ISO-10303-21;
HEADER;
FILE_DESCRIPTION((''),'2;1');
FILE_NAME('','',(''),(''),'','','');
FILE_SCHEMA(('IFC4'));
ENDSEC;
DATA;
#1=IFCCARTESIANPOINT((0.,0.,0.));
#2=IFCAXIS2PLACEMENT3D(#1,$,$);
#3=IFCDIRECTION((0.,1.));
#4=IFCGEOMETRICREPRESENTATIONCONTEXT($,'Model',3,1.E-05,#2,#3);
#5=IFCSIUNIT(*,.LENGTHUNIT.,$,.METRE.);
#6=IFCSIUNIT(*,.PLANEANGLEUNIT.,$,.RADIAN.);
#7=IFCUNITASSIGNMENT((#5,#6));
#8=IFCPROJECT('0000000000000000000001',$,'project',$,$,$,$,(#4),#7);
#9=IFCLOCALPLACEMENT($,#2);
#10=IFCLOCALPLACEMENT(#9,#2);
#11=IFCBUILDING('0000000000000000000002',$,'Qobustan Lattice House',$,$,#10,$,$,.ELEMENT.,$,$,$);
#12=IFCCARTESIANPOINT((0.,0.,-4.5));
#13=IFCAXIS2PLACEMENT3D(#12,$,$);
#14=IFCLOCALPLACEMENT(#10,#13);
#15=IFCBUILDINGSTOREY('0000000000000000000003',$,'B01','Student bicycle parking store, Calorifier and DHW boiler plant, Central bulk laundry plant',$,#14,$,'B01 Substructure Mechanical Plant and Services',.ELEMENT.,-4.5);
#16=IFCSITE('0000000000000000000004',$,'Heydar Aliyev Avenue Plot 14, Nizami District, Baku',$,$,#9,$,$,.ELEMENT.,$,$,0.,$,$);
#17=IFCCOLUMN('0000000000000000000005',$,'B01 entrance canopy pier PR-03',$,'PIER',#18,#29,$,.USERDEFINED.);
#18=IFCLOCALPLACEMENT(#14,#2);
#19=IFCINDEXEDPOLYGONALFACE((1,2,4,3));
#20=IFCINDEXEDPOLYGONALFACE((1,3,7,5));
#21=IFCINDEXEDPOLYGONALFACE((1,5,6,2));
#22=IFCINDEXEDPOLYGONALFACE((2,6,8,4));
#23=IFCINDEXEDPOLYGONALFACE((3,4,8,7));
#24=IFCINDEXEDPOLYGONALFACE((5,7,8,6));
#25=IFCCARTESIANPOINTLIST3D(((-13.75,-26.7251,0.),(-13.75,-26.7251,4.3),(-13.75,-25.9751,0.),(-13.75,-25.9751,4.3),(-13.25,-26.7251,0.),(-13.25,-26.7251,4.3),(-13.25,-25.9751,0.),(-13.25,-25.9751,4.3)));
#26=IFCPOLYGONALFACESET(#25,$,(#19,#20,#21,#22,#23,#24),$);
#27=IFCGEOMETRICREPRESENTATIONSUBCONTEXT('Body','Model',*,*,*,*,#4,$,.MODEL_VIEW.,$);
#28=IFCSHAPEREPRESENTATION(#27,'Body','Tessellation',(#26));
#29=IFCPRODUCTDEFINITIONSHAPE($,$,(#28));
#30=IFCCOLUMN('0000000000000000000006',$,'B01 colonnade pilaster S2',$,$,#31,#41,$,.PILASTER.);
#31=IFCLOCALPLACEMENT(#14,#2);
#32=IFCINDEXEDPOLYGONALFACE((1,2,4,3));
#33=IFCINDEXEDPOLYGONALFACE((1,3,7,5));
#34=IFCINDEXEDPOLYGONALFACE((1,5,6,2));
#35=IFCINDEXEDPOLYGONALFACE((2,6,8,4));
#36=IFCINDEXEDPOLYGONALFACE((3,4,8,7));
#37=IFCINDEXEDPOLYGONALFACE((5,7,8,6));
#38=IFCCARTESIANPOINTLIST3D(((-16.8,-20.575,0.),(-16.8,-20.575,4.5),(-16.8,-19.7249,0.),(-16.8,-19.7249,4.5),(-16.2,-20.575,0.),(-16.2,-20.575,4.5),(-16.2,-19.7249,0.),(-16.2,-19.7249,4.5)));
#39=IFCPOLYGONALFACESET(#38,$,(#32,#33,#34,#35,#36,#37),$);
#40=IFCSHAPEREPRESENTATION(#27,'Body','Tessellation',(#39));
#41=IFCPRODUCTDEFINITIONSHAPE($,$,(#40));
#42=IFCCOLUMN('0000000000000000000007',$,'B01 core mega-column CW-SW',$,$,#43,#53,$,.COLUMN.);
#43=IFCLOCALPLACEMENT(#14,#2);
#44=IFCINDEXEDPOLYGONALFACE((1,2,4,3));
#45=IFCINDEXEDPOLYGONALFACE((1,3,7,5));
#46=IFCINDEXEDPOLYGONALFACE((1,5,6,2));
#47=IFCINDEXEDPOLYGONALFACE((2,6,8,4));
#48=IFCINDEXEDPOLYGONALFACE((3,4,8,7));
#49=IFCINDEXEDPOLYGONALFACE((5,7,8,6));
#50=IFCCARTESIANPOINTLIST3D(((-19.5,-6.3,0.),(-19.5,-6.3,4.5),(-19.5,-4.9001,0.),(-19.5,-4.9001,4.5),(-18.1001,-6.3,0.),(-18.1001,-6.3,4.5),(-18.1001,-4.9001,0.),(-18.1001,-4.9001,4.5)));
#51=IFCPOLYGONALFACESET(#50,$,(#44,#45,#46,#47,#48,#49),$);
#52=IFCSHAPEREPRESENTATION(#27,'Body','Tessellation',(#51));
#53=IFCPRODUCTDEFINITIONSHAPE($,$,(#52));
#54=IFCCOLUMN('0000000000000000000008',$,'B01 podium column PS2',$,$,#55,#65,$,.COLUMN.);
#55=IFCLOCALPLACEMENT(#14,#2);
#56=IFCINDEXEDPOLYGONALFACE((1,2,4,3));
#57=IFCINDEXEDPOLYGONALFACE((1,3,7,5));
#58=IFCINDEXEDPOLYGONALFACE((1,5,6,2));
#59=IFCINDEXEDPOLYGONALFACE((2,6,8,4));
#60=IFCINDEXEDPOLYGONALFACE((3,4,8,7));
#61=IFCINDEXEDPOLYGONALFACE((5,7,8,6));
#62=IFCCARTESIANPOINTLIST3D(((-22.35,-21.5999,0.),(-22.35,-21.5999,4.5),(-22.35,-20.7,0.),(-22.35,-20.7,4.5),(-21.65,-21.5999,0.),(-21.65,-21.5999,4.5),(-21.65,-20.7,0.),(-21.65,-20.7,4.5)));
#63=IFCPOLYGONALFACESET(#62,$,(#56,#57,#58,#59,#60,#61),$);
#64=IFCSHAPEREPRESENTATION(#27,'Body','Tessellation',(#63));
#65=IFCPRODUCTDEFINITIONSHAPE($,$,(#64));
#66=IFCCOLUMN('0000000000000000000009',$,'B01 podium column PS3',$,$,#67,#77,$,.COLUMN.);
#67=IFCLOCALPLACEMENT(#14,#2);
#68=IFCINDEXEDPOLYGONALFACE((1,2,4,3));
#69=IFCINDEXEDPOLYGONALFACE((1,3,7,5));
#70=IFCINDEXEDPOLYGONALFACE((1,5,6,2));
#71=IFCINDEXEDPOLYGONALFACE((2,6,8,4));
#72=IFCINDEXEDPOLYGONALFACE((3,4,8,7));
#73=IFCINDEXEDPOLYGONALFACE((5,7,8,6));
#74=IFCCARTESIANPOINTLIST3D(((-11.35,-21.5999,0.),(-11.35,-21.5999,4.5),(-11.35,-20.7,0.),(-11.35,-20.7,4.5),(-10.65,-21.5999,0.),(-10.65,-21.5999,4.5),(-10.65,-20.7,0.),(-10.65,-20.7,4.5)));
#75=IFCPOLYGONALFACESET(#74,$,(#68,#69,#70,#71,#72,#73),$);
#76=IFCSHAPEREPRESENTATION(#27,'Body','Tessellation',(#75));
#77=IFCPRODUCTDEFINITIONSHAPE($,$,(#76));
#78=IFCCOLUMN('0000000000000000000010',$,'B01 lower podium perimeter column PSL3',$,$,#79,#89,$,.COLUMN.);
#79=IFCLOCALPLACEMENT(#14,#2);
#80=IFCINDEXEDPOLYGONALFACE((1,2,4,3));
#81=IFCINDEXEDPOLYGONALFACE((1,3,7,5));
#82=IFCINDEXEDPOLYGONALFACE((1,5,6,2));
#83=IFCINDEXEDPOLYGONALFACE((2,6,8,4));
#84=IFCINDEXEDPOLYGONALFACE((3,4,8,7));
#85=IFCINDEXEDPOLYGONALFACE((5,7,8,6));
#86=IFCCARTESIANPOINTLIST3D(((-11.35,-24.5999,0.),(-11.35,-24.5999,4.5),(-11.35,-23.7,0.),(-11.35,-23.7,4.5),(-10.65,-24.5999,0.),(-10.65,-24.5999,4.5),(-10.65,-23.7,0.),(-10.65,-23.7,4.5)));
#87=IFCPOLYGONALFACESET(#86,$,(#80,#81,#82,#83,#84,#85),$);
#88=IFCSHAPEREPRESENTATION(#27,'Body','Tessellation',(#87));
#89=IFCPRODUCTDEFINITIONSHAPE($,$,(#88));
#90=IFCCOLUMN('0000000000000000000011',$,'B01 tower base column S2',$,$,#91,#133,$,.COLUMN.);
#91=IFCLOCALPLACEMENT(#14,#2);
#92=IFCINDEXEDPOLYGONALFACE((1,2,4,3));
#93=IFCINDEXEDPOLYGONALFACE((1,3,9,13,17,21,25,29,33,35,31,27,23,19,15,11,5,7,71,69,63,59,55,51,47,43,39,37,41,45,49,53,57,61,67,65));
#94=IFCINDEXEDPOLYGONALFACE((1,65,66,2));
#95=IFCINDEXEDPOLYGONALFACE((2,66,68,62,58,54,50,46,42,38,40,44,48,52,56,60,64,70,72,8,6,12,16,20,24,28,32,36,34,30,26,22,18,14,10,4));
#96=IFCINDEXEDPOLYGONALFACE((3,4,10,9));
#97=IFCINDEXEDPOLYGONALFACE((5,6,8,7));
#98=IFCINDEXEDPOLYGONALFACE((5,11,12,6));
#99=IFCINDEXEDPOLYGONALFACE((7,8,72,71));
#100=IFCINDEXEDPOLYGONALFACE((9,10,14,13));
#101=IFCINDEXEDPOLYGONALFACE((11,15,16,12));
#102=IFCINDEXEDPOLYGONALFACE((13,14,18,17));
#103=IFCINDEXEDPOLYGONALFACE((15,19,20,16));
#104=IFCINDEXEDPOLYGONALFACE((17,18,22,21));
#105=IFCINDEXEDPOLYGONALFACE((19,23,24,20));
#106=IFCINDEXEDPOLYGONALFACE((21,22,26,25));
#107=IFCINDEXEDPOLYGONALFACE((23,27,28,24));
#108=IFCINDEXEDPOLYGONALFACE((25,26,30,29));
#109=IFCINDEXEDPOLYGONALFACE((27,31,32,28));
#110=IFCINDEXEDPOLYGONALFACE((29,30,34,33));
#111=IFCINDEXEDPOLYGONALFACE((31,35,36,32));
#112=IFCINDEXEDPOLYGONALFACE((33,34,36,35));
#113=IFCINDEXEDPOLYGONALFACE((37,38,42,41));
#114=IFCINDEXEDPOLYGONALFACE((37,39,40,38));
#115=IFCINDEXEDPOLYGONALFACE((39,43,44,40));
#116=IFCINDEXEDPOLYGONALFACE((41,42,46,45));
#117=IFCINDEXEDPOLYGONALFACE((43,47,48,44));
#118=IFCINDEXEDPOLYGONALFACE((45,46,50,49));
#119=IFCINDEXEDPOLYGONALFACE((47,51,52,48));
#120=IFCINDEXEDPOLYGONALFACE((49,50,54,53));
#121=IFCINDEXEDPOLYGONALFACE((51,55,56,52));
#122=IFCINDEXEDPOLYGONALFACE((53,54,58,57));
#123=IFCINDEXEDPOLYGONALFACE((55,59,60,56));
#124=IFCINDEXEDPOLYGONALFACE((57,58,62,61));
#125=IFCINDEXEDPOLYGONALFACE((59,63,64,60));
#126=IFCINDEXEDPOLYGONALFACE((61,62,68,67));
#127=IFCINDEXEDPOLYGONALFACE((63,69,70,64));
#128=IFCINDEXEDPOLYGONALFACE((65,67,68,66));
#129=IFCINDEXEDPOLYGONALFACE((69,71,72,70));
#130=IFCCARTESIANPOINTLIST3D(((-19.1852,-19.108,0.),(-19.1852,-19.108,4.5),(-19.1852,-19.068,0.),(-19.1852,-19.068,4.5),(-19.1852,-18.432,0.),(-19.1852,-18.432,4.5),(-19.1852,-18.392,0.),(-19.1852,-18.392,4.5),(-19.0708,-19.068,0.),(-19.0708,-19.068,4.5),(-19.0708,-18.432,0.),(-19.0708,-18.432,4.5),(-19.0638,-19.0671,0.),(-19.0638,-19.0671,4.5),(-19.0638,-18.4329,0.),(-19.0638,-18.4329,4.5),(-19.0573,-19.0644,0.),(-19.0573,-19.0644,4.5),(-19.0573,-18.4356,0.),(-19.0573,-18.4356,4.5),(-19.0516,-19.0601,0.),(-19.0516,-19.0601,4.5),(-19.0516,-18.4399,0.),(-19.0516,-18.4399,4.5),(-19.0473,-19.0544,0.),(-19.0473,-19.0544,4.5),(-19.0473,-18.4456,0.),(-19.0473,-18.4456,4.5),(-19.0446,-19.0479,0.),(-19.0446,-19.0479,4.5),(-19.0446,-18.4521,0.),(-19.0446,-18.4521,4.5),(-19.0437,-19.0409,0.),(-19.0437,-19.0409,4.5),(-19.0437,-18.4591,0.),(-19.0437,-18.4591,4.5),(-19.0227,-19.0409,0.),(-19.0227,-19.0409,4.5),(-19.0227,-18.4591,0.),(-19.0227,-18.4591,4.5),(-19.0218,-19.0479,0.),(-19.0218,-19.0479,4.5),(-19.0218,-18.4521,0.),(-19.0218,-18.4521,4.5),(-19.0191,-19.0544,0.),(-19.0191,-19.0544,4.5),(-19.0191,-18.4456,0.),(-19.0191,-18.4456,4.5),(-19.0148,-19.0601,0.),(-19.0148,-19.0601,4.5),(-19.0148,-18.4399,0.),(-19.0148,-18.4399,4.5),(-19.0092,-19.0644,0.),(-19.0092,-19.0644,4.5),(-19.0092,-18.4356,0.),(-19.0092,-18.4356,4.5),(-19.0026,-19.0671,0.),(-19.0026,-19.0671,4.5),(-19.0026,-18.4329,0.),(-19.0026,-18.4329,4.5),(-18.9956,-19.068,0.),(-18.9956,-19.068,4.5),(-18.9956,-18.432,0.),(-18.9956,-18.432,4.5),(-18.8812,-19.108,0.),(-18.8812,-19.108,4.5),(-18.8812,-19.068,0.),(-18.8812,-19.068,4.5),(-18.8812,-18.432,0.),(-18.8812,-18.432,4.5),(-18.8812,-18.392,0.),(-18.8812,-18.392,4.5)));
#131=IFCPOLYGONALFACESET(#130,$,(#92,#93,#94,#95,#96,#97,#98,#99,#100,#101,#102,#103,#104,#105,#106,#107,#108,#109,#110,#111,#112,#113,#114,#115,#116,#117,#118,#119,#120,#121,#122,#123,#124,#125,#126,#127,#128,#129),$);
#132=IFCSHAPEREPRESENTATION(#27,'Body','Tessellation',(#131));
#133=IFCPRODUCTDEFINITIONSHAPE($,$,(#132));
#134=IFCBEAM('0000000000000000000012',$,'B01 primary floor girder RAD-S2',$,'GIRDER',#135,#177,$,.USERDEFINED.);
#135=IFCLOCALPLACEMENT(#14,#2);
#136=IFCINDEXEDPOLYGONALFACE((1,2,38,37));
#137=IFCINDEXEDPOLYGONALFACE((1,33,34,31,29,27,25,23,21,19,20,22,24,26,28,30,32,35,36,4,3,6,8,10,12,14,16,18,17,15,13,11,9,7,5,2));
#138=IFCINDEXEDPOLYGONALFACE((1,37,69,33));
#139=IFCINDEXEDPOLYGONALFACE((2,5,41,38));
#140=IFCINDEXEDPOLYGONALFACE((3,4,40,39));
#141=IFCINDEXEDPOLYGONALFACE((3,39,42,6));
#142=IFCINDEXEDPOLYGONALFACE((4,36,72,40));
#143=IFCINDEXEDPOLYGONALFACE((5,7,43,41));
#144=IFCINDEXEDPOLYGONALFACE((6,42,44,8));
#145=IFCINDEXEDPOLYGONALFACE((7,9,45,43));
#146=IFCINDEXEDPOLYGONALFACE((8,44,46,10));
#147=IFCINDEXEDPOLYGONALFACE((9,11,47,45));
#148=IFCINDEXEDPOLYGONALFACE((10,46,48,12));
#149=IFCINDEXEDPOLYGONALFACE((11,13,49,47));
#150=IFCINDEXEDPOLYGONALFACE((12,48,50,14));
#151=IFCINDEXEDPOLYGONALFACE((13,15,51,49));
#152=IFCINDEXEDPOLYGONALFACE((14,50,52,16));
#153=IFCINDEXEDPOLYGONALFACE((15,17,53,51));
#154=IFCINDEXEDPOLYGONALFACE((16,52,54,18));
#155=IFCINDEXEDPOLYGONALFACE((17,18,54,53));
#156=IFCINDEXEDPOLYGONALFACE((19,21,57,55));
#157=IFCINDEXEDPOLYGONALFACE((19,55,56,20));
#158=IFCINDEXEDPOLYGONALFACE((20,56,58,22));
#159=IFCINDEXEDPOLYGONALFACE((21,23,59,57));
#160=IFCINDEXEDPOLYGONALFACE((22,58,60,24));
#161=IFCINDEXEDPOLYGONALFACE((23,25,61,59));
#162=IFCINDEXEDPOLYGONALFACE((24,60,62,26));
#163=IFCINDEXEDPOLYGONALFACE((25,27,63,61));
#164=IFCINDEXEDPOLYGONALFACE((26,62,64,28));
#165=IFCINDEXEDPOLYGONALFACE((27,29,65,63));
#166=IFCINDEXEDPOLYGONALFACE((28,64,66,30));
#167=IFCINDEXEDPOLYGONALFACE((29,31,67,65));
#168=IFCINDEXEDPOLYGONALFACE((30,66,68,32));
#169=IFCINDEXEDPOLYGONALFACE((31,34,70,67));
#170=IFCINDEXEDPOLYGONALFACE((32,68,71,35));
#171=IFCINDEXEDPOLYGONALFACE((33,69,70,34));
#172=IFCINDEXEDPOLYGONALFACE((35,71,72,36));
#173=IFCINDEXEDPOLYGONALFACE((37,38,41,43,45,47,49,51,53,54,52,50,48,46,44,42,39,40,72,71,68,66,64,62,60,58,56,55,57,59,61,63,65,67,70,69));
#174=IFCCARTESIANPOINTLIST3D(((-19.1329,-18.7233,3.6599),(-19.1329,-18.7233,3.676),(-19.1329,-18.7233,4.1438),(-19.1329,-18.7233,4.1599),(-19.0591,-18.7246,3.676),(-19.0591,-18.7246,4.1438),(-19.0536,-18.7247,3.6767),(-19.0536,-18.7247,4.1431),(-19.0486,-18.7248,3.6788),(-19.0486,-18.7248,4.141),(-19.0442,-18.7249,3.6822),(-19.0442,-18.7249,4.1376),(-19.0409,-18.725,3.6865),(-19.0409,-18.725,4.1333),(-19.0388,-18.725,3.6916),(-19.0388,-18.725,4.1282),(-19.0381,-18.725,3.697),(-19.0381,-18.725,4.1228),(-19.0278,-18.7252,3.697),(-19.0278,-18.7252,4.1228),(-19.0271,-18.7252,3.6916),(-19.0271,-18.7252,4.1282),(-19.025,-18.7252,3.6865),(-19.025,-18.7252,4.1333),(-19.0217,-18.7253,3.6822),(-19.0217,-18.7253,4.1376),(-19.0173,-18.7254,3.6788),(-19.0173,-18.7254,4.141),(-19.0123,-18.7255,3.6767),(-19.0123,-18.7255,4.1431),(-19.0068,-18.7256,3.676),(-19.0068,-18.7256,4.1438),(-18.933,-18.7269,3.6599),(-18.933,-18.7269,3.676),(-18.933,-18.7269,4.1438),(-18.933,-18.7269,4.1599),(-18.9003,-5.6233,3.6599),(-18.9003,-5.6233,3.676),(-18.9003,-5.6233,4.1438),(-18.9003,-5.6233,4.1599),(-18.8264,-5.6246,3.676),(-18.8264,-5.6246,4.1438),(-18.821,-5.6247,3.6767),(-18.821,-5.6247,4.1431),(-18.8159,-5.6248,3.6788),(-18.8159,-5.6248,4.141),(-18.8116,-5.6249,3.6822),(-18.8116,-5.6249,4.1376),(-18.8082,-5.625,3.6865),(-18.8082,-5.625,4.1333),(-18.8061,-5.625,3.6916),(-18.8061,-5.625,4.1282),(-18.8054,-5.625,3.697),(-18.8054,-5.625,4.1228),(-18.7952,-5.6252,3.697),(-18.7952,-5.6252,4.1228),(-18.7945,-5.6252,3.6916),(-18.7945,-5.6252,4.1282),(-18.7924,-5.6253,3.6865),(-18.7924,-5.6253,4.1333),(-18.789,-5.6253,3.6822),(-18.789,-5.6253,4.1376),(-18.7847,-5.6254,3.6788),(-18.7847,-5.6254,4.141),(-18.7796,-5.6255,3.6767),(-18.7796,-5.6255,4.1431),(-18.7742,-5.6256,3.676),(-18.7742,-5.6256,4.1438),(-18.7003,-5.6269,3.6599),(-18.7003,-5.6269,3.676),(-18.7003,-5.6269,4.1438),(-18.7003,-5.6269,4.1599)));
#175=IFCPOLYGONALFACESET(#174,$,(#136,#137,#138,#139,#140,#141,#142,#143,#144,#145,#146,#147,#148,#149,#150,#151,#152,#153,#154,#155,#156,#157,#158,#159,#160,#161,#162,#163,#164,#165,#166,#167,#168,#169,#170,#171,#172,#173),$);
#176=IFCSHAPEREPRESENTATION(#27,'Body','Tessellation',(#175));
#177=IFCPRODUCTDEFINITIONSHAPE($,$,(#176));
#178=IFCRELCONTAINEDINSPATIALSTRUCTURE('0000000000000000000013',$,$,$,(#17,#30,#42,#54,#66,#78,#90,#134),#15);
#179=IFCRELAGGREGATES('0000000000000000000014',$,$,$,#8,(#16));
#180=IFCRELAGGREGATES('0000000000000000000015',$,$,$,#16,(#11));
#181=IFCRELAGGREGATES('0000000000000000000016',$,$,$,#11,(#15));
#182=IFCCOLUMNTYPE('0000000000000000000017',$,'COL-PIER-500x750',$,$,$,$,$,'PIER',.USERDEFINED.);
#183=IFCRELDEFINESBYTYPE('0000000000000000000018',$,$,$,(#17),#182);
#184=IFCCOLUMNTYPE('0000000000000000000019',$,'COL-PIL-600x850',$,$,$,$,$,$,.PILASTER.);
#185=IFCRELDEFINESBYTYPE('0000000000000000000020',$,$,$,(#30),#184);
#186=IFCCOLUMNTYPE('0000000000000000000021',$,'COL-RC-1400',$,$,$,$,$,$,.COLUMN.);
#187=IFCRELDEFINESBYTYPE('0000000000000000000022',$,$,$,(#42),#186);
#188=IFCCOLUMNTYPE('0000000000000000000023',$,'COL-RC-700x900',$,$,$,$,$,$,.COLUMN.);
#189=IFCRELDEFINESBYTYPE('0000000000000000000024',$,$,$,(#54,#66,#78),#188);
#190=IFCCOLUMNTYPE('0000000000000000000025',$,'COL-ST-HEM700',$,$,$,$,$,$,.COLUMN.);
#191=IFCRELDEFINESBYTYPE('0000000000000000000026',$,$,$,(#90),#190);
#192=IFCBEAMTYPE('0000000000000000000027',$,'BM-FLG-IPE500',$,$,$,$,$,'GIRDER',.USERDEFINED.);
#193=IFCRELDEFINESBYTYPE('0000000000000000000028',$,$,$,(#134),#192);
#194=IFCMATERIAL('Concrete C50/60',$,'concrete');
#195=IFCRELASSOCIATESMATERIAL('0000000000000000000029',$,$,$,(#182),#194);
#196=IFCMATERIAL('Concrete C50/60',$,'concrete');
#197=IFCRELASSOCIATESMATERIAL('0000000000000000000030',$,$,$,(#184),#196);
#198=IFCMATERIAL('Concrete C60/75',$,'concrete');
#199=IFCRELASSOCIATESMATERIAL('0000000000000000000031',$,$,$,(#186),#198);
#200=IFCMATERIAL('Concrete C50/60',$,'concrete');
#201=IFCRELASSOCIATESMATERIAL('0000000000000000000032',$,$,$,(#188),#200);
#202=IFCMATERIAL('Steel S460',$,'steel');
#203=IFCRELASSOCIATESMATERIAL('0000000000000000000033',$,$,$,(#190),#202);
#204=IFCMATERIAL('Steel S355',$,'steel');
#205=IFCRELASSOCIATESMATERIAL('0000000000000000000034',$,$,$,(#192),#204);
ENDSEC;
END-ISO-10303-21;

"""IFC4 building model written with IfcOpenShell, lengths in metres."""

from ifc_helpers import new_model, si_unit, direction, frame, origin, origin_2d, place, context, subcontext, project, spatial, rectangle, i_section, extrude, material, material_profile, profile_set, type_object, element, save


model = new_model("IFC4")

# Units and contexts
model_context = context("Model", 3, precision=1e-05, world=origin(), true_north=direction((0.0, 1.0)))
body_context = subcontext(model_context, "Body", "Model", "MODEL_VIEW")
ifc_project = project(units=[si_unit("LENGTHUNIT", "METRE"), si_unit("PLANEANGLEUNIT", "RADIAN")], contexts=[model_context])

# Site, building, storey
site_placement = place(None, origin())
site = spatial("IfcSite", under=ifc_project, at=site_placement, Name="Heydar Aliyev Avenue Plot 14, Nizami District, Baku", CompositionType="ELEMENT", RefElevation=0.0)
building_placement = place(site_placement, origin())
building = spatial("IfcBuilding", under=site, at=building_placement, Name="Qobustan Lattice House", CompositionType="ELEMENT")
storey_placement = place(building_placement, frame((0.0, 0.0, -4.5)))
storey = spatial("IfcBuildingStorey", under=building, at=storey_placement, Name="B01", Description="Student bicycle parking store, Calorifier and DHW boiler plant, Central bulk laundry plant", LongName="B01 Substructure Mechanical Plant and Services", CompositionType="ELEMENT", Elevation=-4.5)

# Columns
ifc_material_1 = material(Name="Concrete C50/60", Category="concrete")
ifc_material_profile_1 = material_profile(ifc_material_1, rectangle(XDim=0.5, YDim=0.75, at=origin_2d()), Name="RC500x750")
ifc_profile_set_1 = profile_set([ifc_material_profile_1], Name="Concrete C50/60")
column_type_1 = type_object("IfcColumnType", Name="COL-PIER-500x750", ElementType="PIER", PredefinedType="USERDEFINED", material=ifc_profile_set_1)
column_1_placement = place(storey_placement, frame((-13.5, -26.3501, 0.0), z_axis=(0.0, 0.0, 1.0), x_axis=(1.0, 0.0, 0.0)))
element("IfcColumn", 1, at=column_1_placement, inside=storey, type_object=column_type_1, Name="B01 entrance canopy pier PR-03", ObjectType="PIER", PredefinedType="USERDEFINED", context=body_context, shape_type="SweptSolid", body=[
    extrude(rectangle(XDim=0.5, YDim=0.75, at=origin_2d()), origin(), (0.0, 0.0, 1.0), 4.3),
])
ifc_material_2 = material(Name="Concrete C50/60", Category="concrete")
ifc_material_profile_2 = material_profile(ifc_material_2, rectangle(XDim=0.6001, YDim=0.8501, at=origin_2d()), Name="RC600x850")
ifc_profile_set_2 = profile_set([ifc_material_profile_2], Name="Concrete C50/60")
column_type_2 = type_object("IfcColumnType", Name="COL-PIL-600x850", PredefinedType="PILASTER", material=ifc_profile_set_2)
column_2_placement = place(storey_placement, frame((-16.5, -20.1499, 0.0), z_axis=(0.0, 0.0, 1.0), x_axis=(1.0, 0.0, 0.0)))
element("IfcColumn", 2, at=column_2_placement, inside=storey, type_object=column_type_2, Name="B01 colonnade pilaster S2", PredefinedType="PILASTER", context=body_context, shape_type="SweptSolid", body=[
    extrude(rectangle(XDim=0.6001, YDim=0.8501, at=origin_2d()), origin(), (0.0, 0.0, 1.0), 4.5),
])
ifc_material_3 = material(Name="Concrete C60/75", Category="concrete")
ifc_material_profile_3 = material_profile(ifc_material_3, rectangle(XDim=1.3999, YDim=1.3999, at=origin_2d()), Name="RC1400x1400")
ifc_profile_set_3 = profile_set([ifc_material_profile_3], Name="Concrete C60/75")
column_type_3 = type_object("IfcColumnType", Name="COL-RC-1400", PredefinedType="COLUMN", material=ifc_profile_set_3)
column_3_placement = place(storey_placement, frame((-18.8, -5.6001, 0.0), z_axis=(0.0, 0.0, 1.0), x_axis=(1.0, 0.0, 0.0)))
element("IfcColumn", 3, at=column_3_placement, inside=storey, type_object=column_type_3, Name="B01 core mega-column CW-SW", PredefinedType="COLUMN", context=body_context, shape_type="SweptSolid", body=[
    extrude(rectangle(XDim=1.3999, YDim=1.3999, at=origin_2d()), origin(), (0.0, 0.0, 1.0), 4.5),
])
ifc_material_4 = material(Name="Concrete C50/60", Category="concrete")
ifc_material_profile_4 = material_profile(ifc_material_4, rectangle(XDim=0.7, YDim=0.8999, at=origin_2d()), Name="RC700x900")
ifc_profile_set_4 = profile_set([ifc_material_profile_4], Name="Concrete C50/60")
column_type_4 = type_object("IfcColumnType", Name="COL-RC-700x900", PredefinedType="COLUMN", material=ifc_profile_set_4)
for number, where, z_axis, x_axis, name in (
    (4, (-22.0, -21.1499, 0.0), (0.0, 0.0, 1.0), (1.0, 0.0, 0.0), "B01 podium column PS2"),
    (5, (-11.0, -21.1499, 0.0), (0.0, 0.0, 1.0), (1.0, 0.0, 0.0), "B01 podium column PS3"),
    (6, (-11.0, -24.1499, 0.0), (0.0, 0.0, 1.0), (1.0, 0.0, 0.0), "B01 lower podium perimeter column PSL3"),
):
    element("IfcColumn", number, at=place(storey_placement, frame(where, z_axis=z_axis, x_axis=x_axis)), inside=storey, type_object=column_type_4, Name=name, PredefinedType="COLUMN", context=body_context, shape_type="SweptSolid", body=[
        extrude(rectangle(XDim=0.7, YDim=0.8999, at=origin_2d()), origin(), (0.0, 0.0, 1.0), 4.5),
    ])
ifc_material_5 = material(Name="Steel S460", Category="steel")
ifc_material_profile_5 = material_profile(ifc_material_5, i_section(OverallWidth=0.304, OverallDepth=0.7161, WebThickness=0.021, FlangeThickness=0.04, FilletRadius=0.0271, at=origin_2d()), Name="HEM700")
ifc_profile_set_5 = profile_set([ifc_material_profile_5], Name="Steel S460")
column_type_5 = type_object("IfcColumnType", Name="COL-ST-HEM700", PredefinedType="COLUMN", material=ifc_profile_set_5)
column_4_placement = place(storey_placement, frame((-19.0332, -18.75, 0.0), z_axis=(0.0, 0.0, 1.0), x_axis=(1.0, 0.0, 0.0)))
element("IfcColumn", 7, at=column_4_placement, inside=storey, type_object=column_type_5, Name="B01 tower base column S2", PredefinedType="COLUMN", context=body_context, shape_type="SweptSolid", body=[
    extrude(i_section(OverallWidth=0.304, OverallDepth=0.7161, WebThickness=0.021, FlangeThickness=0.04, FilletRadius=0.0271, at=origin_2d()), origin(), (0.0, 0.0, 1.0), 4.5),
])

# Beam
ifc_material_6 = material(Name="Steel S355", Category="steel")
ifc_material_profile_6 = material_profile(ifc_material_6, i_section(OverallWidth=0.2, OverallDepth=0.5, WebThickness=0.0103, FlangeThickness=0.0161, FilletRadius=0.021, at=origin_2d()), Name="IPE500")
ifc_profile_set_6 = profile_set([ifc_material_profile_6], Name="Steel S355")
beam_type_1 = type_object("IfcBeamType", Name="BM-FLG-IPE500", ElementType="GIRDER", PredefinedType="USERDEFINED", material=ifc_profile_set_6)
beam_1_placement = place(storey_placement, frame((-19.033, -18.7251, 3.9099), z_axis=(0.017758, 0.999842, 0.0), x_axis=(-0.999842, 0.017758, 0.0)))
element("IfcBeam", 8, at=beam_1_placement, inside=storey, type_object=beam_type_1, Name="B01 primary floor girder RAD-S2", ObjectType="GIRDER", PredefinedType="USERDEFINED", context=body_context, shape_type="SweptSolid", body=[
    extrude(i_section(OverallWidth=0.2, OverallDepth=0.5, WebThickness=0.0103, FlangeThickness=0.0161, FilletRadius=0.021, at=origin_2d()), origin(), (0.0, 0.0, 1.0), 13.1021),
])

save(model, "model.ifc")
